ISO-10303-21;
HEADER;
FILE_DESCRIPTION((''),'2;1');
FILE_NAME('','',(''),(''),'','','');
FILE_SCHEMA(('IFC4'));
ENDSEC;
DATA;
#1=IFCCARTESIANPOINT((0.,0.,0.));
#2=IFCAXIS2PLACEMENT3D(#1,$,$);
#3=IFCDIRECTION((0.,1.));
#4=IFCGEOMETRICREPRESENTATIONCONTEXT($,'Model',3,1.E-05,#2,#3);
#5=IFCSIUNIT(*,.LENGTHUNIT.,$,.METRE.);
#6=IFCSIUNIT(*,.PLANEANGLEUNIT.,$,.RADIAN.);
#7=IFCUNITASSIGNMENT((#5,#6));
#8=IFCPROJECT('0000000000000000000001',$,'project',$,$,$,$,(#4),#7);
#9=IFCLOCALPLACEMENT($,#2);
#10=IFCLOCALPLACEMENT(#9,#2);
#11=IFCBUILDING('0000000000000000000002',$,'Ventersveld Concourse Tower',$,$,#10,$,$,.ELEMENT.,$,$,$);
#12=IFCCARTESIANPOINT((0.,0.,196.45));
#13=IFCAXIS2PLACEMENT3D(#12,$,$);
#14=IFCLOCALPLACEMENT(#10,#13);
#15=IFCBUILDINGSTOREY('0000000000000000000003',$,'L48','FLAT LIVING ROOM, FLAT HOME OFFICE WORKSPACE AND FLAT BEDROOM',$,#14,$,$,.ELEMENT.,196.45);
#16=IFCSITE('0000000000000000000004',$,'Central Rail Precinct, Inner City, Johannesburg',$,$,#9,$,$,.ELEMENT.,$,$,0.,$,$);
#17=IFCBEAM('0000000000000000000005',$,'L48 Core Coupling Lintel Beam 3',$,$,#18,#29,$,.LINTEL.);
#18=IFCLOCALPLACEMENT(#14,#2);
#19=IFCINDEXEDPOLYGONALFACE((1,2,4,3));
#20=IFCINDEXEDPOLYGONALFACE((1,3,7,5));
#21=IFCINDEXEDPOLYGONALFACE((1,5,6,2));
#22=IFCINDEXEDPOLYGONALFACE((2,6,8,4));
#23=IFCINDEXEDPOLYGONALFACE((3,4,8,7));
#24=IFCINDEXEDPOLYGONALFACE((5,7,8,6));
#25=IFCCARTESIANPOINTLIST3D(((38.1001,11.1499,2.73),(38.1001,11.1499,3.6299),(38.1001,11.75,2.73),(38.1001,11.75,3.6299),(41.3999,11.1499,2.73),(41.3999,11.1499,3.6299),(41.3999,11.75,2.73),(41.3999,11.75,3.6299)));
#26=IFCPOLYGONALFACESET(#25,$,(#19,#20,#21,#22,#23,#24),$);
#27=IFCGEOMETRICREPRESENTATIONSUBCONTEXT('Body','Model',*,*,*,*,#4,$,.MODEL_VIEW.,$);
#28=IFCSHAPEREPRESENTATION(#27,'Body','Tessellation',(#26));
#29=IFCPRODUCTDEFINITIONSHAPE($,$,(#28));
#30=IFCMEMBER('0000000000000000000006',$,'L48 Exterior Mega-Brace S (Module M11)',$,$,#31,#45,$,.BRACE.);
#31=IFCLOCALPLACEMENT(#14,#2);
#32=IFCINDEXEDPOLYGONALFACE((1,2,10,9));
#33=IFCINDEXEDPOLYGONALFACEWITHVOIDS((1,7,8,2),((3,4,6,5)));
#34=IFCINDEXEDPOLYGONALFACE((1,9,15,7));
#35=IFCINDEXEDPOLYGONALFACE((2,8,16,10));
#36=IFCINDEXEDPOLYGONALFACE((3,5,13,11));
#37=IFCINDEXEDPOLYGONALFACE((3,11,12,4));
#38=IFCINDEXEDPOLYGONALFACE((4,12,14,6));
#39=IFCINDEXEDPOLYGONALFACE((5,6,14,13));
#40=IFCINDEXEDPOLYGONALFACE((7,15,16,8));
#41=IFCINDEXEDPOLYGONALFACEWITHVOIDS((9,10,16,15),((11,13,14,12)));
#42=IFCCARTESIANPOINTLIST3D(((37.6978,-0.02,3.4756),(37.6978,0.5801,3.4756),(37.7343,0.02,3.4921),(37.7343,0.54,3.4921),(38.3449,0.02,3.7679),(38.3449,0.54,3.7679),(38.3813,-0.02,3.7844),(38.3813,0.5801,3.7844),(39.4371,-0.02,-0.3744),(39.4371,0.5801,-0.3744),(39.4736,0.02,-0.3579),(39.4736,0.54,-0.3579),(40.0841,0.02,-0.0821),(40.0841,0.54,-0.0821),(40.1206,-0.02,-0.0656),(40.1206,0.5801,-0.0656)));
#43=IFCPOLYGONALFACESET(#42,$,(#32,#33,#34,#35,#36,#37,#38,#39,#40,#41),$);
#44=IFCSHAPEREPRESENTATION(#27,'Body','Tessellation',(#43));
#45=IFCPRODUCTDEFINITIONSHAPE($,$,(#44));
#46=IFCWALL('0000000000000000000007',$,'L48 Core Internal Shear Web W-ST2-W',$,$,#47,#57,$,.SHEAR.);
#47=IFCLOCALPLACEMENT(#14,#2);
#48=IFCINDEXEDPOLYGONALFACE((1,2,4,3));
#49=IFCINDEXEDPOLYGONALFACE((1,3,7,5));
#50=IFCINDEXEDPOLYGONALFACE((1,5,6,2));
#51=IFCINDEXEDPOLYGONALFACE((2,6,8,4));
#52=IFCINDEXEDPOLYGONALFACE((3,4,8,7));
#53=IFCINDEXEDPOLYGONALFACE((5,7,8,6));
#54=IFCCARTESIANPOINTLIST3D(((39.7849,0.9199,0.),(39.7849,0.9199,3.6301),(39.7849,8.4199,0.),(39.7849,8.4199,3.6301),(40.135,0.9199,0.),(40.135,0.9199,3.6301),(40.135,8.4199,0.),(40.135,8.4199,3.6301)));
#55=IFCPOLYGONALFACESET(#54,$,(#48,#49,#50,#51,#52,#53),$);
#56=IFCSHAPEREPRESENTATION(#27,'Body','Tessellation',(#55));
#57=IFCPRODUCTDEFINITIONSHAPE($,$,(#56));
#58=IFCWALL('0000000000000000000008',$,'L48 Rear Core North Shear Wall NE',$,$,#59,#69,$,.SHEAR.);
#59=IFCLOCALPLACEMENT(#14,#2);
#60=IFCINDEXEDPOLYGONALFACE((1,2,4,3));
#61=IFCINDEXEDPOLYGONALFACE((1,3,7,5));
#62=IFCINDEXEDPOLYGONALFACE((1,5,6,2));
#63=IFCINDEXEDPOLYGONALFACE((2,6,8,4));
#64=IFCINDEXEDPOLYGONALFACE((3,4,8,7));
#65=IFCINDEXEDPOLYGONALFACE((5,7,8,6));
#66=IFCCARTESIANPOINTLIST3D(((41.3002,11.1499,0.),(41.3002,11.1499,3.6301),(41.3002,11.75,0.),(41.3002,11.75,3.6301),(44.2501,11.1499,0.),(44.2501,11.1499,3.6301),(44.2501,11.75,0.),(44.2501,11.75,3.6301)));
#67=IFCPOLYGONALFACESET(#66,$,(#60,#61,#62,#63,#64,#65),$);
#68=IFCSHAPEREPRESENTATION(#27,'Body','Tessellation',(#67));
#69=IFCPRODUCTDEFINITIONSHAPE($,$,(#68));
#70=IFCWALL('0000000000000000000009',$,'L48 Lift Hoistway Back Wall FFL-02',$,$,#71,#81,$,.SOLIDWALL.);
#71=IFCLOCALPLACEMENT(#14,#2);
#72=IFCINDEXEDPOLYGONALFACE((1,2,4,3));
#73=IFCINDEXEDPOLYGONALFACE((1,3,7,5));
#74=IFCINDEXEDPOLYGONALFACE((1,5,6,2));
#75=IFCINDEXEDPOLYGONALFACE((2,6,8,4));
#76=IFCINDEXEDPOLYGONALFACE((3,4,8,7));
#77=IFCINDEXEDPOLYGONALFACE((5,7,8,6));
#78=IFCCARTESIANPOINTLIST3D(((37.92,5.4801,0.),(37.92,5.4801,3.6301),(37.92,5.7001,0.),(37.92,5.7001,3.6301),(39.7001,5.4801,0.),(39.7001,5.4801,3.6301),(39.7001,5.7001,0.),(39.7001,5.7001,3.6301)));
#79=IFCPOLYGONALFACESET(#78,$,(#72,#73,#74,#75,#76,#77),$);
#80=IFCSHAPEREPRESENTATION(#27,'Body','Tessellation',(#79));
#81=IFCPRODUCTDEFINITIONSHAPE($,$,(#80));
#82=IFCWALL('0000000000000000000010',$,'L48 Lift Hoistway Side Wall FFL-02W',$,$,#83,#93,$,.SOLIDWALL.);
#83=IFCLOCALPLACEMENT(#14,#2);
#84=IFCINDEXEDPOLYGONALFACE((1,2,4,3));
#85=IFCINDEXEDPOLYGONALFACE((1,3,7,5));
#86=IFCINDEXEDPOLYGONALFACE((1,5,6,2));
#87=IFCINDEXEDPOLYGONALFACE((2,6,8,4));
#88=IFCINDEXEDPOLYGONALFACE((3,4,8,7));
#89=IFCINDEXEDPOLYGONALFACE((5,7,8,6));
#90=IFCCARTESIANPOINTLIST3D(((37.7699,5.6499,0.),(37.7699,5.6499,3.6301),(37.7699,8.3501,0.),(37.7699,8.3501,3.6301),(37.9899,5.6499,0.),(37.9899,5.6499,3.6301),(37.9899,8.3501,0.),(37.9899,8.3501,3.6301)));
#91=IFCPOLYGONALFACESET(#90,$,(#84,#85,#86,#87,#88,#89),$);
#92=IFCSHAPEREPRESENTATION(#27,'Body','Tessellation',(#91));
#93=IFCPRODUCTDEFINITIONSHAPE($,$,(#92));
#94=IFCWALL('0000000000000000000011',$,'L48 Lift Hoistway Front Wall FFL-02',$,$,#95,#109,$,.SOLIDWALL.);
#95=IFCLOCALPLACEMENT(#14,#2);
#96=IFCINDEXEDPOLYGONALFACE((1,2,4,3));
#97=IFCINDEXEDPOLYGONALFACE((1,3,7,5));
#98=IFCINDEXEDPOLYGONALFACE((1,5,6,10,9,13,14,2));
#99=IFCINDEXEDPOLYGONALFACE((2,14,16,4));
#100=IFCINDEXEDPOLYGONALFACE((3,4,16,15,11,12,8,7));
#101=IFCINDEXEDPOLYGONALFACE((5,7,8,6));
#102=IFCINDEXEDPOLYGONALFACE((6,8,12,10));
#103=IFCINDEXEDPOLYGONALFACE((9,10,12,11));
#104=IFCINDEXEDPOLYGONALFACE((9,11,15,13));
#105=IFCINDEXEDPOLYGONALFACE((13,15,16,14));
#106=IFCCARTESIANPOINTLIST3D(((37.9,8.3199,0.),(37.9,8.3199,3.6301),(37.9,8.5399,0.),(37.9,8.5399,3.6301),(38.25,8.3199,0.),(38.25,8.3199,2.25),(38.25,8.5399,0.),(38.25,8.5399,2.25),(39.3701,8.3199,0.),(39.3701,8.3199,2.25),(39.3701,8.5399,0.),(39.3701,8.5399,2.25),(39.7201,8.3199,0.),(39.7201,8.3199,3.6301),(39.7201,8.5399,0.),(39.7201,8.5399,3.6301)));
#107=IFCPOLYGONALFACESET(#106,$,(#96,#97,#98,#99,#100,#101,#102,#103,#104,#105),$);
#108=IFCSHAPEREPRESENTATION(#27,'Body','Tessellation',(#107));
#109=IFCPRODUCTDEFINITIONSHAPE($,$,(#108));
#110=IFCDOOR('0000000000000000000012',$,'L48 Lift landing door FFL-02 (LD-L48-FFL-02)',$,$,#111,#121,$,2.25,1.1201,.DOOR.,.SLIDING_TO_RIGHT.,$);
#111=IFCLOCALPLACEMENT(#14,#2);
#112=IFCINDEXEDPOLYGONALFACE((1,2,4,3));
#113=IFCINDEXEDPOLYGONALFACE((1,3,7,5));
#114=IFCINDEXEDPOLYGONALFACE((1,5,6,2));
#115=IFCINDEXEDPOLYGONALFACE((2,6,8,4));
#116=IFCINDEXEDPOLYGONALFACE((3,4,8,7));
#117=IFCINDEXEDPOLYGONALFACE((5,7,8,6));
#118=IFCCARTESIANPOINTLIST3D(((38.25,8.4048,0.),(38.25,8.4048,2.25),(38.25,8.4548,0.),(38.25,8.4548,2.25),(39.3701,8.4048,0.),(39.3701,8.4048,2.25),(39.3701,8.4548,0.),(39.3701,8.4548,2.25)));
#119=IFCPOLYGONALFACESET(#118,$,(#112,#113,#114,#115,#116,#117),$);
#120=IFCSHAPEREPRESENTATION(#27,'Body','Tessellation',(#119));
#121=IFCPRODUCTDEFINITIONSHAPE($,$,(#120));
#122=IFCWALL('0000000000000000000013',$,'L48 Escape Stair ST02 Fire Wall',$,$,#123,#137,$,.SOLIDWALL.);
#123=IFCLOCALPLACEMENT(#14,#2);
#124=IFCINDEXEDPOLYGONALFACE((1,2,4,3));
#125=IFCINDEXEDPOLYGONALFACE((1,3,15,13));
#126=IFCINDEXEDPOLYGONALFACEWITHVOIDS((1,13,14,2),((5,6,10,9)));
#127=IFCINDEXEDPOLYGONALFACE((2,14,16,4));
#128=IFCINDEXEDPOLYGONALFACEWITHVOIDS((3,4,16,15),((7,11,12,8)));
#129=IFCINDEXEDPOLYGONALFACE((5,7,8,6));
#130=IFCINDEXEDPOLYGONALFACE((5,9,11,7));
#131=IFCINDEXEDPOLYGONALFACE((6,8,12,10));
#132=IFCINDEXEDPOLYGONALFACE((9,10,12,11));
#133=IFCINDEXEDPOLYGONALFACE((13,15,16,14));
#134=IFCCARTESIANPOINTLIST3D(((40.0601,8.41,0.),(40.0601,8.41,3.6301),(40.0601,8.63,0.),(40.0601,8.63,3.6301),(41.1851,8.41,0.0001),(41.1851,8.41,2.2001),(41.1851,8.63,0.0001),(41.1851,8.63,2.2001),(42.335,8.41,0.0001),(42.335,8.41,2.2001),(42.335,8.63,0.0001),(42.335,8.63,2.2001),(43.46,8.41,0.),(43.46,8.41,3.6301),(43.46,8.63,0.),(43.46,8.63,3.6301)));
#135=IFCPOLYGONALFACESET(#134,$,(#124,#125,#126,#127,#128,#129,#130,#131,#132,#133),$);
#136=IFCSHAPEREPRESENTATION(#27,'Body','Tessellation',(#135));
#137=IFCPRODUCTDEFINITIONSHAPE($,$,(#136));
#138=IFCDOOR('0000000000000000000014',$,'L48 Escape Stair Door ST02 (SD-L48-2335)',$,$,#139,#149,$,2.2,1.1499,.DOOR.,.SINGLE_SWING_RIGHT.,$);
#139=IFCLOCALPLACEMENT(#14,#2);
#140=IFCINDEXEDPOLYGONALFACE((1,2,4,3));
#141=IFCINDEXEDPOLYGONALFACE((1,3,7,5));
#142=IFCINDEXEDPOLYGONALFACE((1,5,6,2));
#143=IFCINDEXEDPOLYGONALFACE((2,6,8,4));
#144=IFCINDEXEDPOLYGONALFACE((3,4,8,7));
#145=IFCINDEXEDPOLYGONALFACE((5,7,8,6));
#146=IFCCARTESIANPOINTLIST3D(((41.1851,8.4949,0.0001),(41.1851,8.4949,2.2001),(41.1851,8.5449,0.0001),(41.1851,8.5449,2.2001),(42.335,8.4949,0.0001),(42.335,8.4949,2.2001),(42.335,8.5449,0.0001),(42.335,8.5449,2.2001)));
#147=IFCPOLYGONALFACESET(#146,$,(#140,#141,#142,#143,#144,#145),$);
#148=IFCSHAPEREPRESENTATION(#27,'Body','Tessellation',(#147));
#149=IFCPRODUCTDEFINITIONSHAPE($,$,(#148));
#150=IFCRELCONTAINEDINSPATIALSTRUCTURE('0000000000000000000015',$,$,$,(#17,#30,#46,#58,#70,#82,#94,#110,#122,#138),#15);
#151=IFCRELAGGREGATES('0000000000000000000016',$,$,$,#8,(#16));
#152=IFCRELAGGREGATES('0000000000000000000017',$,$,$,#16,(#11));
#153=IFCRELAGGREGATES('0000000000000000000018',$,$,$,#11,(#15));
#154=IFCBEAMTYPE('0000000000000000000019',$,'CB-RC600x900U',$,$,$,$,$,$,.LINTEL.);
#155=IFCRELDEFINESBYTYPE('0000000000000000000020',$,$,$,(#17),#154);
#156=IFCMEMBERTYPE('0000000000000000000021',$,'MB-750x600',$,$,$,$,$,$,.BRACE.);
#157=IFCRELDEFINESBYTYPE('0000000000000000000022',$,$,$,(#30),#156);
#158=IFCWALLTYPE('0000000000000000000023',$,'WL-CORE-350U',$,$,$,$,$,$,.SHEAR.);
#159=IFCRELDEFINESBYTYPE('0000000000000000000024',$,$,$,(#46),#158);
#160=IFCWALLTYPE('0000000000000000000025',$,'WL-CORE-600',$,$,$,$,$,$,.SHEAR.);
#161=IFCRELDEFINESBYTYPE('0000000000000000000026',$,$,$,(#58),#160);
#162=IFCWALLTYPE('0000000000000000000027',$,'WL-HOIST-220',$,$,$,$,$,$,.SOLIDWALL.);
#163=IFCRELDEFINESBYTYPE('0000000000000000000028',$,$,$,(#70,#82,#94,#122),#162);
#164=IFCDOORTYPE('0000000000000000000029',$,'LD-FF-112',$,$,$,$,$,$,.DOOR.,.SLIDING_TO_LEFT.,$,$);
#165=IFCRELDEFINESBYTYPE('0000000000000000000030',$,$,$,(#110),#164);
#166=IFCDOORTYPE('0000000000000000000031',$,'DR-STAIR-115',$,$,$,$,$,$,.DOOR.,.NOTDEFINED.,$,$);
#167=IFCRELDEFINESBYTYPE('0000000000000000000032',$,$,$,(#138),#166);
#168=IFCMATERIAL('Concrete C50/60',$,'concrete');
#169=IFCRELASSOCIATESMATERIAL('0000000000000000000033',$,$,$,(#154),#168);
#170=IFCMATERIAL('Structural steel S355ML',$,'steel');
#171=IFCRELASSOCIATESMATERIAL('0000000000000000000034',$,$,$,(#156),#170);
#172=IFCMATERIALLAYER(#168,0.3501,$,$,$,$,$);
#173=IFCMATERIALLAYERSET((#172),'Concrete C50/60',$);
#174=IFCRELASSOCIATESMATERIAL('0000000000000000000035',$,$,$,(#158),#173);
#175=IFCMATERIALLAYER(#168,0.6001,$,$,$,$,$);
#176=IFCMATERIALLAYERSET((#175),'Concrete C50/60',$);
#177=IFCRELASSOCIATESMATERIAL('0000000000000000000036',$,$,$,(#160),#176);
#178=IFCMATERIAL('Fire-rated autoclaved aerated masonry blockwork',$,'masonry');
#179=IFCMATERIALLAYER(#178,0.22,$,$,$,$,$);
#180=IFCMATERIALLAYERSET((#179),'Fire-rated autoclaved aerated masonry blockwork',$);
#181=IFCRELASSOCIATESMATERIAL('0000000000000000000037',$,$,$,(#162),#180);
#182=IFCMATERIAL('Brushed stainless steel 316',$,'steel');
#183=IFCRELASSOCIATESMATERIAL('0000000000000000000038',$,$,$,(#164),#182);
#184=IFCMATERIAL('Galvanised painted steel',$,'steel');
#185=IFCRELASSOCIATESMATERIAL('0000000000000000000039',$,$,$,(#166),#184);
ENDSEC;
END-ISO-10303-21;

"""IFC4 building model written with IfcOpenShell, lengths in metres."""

from ifc_helpers import new_model, si_unit, direction, frame, frame_2d, origin, origin_2d, place, context, subcontext, project, spatial, rectangle, hollow_rectangle, extrude, material, layer, layer_set, material_profile, profile_set, type_object, element, fill, save


model = new_model("IFC4")

# Units and contexts
model_context = context("Model", 3, precision=1e-05, world=origin(), true_north=direction((0.0, 1.0)))
body_context = subcontext(model_context, "Body", "Model", "MODEL_VIEW")
ifc_project = project(units=[si_unit("LENGTHUNIT", "METRE"), si_unit("PLANEANGLEUNIT", "RADIAN")], contexts=[model_context])

# Site, building, storey
site_placement = place(None, origin())
site = spatial("IfcSite", under=ifc_project, at=site_placement, Name="Central Rail Precinct, Inner City, Johannesburg", CompositionType="ELEMENT", RefElevation=0.0)
building_placement = place(site_placement, origin())
building = spatial("IfcBuilding", under=site, at=building_placement, Name="Ventersveld Concourse Tower", CompositionType="ELEMENT")
storey_placement = place(building_placement, frame((0.0, 0.0, 196.45)))
storey = spatial("IfcBuildingStorey", under=building, at=storey_placement, Name="L48", Description="FLAT LIVING ROOM, FLAT HOME OFFICE WORKSPACE AND FLAT BEDROOM", CompositionType="ELEMENT", Elevation=196.45)

# Beam
ifc_material_1 = material(Name="Concrete C50/60", Category="concrete")
ifc_material_profile_1 = material_profile(ifc_material_1, rectangle(XDim=0.6001, YDim=0.8999, at=origin_2d()), Name="RC 600x900")
ifc_profile_set_1 = profile_set([ifc_material_profile_1], Name="Concrete C50/60")
beam_type = type_object("IfcBeamType", Name="CB-RC600x900U", PredefinedType="LINTEL", material=ifc_profile_set_1)
beam_placement = place(storey_placement, frame((38.1001, 11.45, 3.1799), z_axis=(1.0, 0.0, 0.0), x_axis=(0.0, 1.0, 0.0)))
element("IfcBeam", 1, at=beam_placement, inside=storey, type_object=beam_type, Name="L48 Core Coupling Lintel Beam 3", PredefinedType="LINTEL", context=body_context, shape_type="SweptSolid", body=[
    extrude(rectangle(XDim=0.6001, YDim=0.8999, at=origin_2d()), origin(), (0.0, 0.0, 1.0), 3.2998),
])

# Member
ifc_material_2 = material(Name="Structural steel S355ML", Category="steel")
ifc_material_profile_2 = material_profile(ifc_material_2, hollow_rectangle(XDim=0.6001, YDim=0.75, WallThickness=0.04, at=origin_2d()), Name="BOX 750x600x40")
ifc_profile_set_2 = profile_set([ifc_material_profile_2], Name="Structural steel S355ML")
member_type = type_object("IfcMemberType", Name="MB-750x600", PredefinedType="BRACE", material=ifc_profile_set_2)
member_placement = place(storey_placement, frame((39.7788, 0.28, -0.22), z_axis=(-0.411686, 0.0, 0.911326), x_axis=(0.0, -1.0, 0.0)))
element("IfcMember", 2, at=member_placement, inside=storey, type_object=member_type, Name="L48 Exterior Mega-Brace S (Module M11)", PredefinedType="BRACE", context=body_context, shape_type="SweptSolid", body=[
    extrude(hollow_rectangle(XDim=0.6001, YDim=0.75, WallThickness=0.04, at=origin_2d()), origin(), (0.0, 0.0, 1.0), 4.2246),
])

# Walls
ifc_layer_1 = layer(ifc_material_1, 0.3501)
ifc_layer_set_1 = layer_set([ifc_layer_1], Name="Concrete C50/60")
wall_type_1 = type_object("IfcWallType", Name="WL-CORE-350U", PredefinedType="SHEAR", material=ifc_layer_set_1)
wall_1_placement = place(storey_placement, frame((39.96, 0.9199, 0.0), z_axis=(0.0, 0.0, 1.0), x_axis=(0.0, 1.0, 0.0)))
element("IfcWall", 3, at=wall_1_placement, inside=storey, type_object=wall_type_1, Name="L48 Core Internal Shear Web W-ST2-W", PredefinedType="SHEAR", context=body_context, shape_type="SweptSolid", body=[
    extrude(rectangle(XDim=7.5, YDim=0.3501, at=frame_2d((3.75, 0.0))), origin(), (0.0, 0.0, 1.0), 3.6301),
])
ifc_layer_2 = layer(ifc_material_1, 0.6001)
ifc_layer_set_2 = layer_set([ifc_layer_2], Name="Concrete C50/60")
wall_type_2 = type_object("IfcWallType", Name="WL-CORE-600", PredefinedType="SHEAR", material=ifc_layer_set_2)
wall_2_placement = place(storey_placement, frame((41.3, 11.45, 0.0), z_axis=(0.0, 0.0, 1.0), x_axis=(1.0, 0.0, 0.0)))
element("IfcWall", 4, at=wall_2_placement, inside=storey, type_object=wall_type_2, Name="L48 Rear Core North Shear Wall NE", PredefinedType="SHEAR", context=body_context, shape_type="SweptSolid", body=[
    extrude(rectangle(XDim=2.95, YDim=0.6001, at=frame_2d((1.4751, 0.0))), origin(), (0.0, 0.0, 1.0), 3.6301),
])
ifc_material_3 = material(Name="Fire-rated autoclaved aerated masonry blockwork", Category="masonry")
ifc_layer_3 = layer(ifc_material_3, 0.22)
ifc_layer_set_3 = layer_set([ifc_layer_3], Name="Fire-rated autoclaved aerated masonry blockwork")
wall_type_3 = type_object("IfcWallType", Name="WL-HOIST-220", PredefinedType="SOLIDWALL", material=ifc_layer_set_3)
wall_3_placement = place(storey_placement, frame((37.9199, 5.5901, 0.0), z_axis=(0.0, 0.0, 1.0), x_axis=(1.0, 0.0, 0.0)))
element("IfcWall", 5, at=wall_3_placement, inside=storey, type_object=wall_type_3, Name="L48 Lift Hoistway Back Wall FFL-02", PredefinedType="SOLIDWALL", context=body_context, shape_type="SweptSolid", body=[
    extrude(rectangle(XDim=1.78, YDim=0.22, at=frame_2d((0.8901, 0.0))), origin(), (0.0, 0.0, 1.0), 3.6301),
])
wall_4_placement = place(storey_placement, frame((37.8799, 5.6499, 0.0), z_axis=(0.0, 0.0, 1.0), x_axis=(0.0, 1.0, 0.0)))
element("IfcWall", 6, at=wall_4_placement, inside=storey, type_object=wall_type_3, Name="L48 Lift Hoistway Side Wall FFL-02W", PredefinedType="SOLIDWALL", context=body_context, shape_type="SweptSolid", body=[
    extrude(rectangle(XDim=2.7002, YDim=0.22, at=frame_2d((1.3501, 0.0))), origin(), (0.0, 0.0, 1.0), 3.6301),
])

# Walls, openings, doors
wall_5_placement = place(storey_placement, frame((37.8999, 8.4299, 0.0), z_axis=(0.0, 0.0, 1.0), x_axis=(1.0, 0.0, 0.0)))
wall_5 = element("IfcWall", 7, at=wall_5_placement, inside=storey, type_object=wall_type_3, Name="L48 Lift Hoistway Front Wall FFL-02", PredefinedType="SOLIDWALL", context=body_context, shape_type="SweptSolid", body=[
    extrude(rectangle(XDim=1.8201, YDim=0.22, at=frame_2d((0.9102, 0.0))), origin(), (0.0, 0.0, 1.0), 3.6301),
])
opening_1_placement = place(wall_5_placement, frame((0.3501, 0.0, 0.0)))
opening_1 = element("IfcOpeningElement", 8, at=opening_1_placement, cuts=wall_5, PredefinedType="OPENING", context=body_context, shape_type="SweptSolid", body=[
    extrude(rectangle(XDim=1.1201, YDim=2.25, at=frame_2d((0.5601, 1.125))), frame((0.0, 0.1201, 0.0), z_axis=(0.0, -1.0, 0.0), x_axis=(1.0, 0.0, 0.0)), (0.0, 0.0, 1.0), 0.24),
])
ifc_material_4 = material(Name="Brushed stainless steel 316", Category="steel")
door_type_1 = type_object("IfcDoorType", Name="LD-FF-112", OperationType="SLIDING_TO_LEFT", PredefinedType="DOOR", material=ifc_material_4)
door_1_placement = place(opening_1_placement, origin())
door_1 = element("IfcDoor", 9, at=door_1_placement, inside=storey, type_object=door_type_1, Name="L48 Lift landing door FFL-02 (LD-L48-FFL-02)", OperationType="SLIDING_TO_RIGHT", OverallHeight=2.25, OverallWidth=1.1201, PredefinedType="DOOR", context=body_context, shape_type="SweptSolid", body=[
    extrude(rectangle(XDim=1.1201, YDim=2.25, at=frame_2d((0.5601, 1.125))), frame((0.0, 0.0249, 0.0), z_axis=(0.0, -1.0, 0.0), x_axis=(1.0, 0.0, 0.0)), (0.0, 0.0, 1.0), 0.05),
])
fill(opening_1, door_1)
wall_6_placement = place(storey_placement, frame((40.0601, 8.52, 0.0), z_axis=(0.0, 0.0, 1.0), x_axis=(1.0, 0.0, 0.0)))
wall_6 = element("IfcWall", 10, at=wall_6_placement, inside=storey, type_object=wall_type_3, Name="L48 Escape Stair ST02 Fire Wall", PredefinedType="SOLIDWALL", context=body_context, shape_type="SweptSolid", body=[
    extrude(rectangle(XDim=3.3999, YDim=0.22, at=frame_2d((1.7, 0.0))), origin(), (0.0, 0.0, 1.0), 3.6301),
])
opening_2_placement = place(wall_6_placement, frame((1.125, 0.0, 0.0)))
opening_2 = element("IfcOpeningElement", 11, at=opening_2_placement, cuts=wall_6, PredefinedType="OPENING", context=body_context, shape_type="SweptSolid", body=[
    extrude(rectangle(XDim=1.1499, YDim=2.2, at=frame_2d((0.575, 1.1001))), frame((0.0, 0.1201, 0.0), z_axis=(0.0, -1.0, 0.0), x_axis=(1.0, 0.0, 0.0)), (0.0, 0.0, 1.0), 0.24),
])
ifc_material_5 = material(Name="Galvanised painted steel", Category="steel")
door_type_2 = type_object("IfcDoorType", Name="DR-STAIR-115", OperationType="NOTDEFINED", PredefinedType="DOOR", material=ifc_material_5)
door_2_placement = place(opening_2_placement, origin())
door_2 = element("IfcDoor", 12, at=door_2_placement, inside=storey, type_object=door_type_2, Name="L48 Escape Stair Door ST02 (SD-L48-2335)", OperationType="SINGLE_SWING_RIGHT", OverallHeight=2.2, OverallWidth=1.1499, PredefinedType="DOOR", context=body_context, shape_type="SweptSolid", body=[
    extrude(rectangle(XDim=1.1499, YDim=2.2, at=frame_2d((0.575, 1.1001))), frame((0.0, 0.0249, 0.0), z_axis=(0.0, -1.0, 0.0), x_axis=(1.0, 0.0, 0.0)), (0.0, 0.0, 1.0), 0.05),
])
fill(opening_2, door_2)

save(model, "model.ifc")
